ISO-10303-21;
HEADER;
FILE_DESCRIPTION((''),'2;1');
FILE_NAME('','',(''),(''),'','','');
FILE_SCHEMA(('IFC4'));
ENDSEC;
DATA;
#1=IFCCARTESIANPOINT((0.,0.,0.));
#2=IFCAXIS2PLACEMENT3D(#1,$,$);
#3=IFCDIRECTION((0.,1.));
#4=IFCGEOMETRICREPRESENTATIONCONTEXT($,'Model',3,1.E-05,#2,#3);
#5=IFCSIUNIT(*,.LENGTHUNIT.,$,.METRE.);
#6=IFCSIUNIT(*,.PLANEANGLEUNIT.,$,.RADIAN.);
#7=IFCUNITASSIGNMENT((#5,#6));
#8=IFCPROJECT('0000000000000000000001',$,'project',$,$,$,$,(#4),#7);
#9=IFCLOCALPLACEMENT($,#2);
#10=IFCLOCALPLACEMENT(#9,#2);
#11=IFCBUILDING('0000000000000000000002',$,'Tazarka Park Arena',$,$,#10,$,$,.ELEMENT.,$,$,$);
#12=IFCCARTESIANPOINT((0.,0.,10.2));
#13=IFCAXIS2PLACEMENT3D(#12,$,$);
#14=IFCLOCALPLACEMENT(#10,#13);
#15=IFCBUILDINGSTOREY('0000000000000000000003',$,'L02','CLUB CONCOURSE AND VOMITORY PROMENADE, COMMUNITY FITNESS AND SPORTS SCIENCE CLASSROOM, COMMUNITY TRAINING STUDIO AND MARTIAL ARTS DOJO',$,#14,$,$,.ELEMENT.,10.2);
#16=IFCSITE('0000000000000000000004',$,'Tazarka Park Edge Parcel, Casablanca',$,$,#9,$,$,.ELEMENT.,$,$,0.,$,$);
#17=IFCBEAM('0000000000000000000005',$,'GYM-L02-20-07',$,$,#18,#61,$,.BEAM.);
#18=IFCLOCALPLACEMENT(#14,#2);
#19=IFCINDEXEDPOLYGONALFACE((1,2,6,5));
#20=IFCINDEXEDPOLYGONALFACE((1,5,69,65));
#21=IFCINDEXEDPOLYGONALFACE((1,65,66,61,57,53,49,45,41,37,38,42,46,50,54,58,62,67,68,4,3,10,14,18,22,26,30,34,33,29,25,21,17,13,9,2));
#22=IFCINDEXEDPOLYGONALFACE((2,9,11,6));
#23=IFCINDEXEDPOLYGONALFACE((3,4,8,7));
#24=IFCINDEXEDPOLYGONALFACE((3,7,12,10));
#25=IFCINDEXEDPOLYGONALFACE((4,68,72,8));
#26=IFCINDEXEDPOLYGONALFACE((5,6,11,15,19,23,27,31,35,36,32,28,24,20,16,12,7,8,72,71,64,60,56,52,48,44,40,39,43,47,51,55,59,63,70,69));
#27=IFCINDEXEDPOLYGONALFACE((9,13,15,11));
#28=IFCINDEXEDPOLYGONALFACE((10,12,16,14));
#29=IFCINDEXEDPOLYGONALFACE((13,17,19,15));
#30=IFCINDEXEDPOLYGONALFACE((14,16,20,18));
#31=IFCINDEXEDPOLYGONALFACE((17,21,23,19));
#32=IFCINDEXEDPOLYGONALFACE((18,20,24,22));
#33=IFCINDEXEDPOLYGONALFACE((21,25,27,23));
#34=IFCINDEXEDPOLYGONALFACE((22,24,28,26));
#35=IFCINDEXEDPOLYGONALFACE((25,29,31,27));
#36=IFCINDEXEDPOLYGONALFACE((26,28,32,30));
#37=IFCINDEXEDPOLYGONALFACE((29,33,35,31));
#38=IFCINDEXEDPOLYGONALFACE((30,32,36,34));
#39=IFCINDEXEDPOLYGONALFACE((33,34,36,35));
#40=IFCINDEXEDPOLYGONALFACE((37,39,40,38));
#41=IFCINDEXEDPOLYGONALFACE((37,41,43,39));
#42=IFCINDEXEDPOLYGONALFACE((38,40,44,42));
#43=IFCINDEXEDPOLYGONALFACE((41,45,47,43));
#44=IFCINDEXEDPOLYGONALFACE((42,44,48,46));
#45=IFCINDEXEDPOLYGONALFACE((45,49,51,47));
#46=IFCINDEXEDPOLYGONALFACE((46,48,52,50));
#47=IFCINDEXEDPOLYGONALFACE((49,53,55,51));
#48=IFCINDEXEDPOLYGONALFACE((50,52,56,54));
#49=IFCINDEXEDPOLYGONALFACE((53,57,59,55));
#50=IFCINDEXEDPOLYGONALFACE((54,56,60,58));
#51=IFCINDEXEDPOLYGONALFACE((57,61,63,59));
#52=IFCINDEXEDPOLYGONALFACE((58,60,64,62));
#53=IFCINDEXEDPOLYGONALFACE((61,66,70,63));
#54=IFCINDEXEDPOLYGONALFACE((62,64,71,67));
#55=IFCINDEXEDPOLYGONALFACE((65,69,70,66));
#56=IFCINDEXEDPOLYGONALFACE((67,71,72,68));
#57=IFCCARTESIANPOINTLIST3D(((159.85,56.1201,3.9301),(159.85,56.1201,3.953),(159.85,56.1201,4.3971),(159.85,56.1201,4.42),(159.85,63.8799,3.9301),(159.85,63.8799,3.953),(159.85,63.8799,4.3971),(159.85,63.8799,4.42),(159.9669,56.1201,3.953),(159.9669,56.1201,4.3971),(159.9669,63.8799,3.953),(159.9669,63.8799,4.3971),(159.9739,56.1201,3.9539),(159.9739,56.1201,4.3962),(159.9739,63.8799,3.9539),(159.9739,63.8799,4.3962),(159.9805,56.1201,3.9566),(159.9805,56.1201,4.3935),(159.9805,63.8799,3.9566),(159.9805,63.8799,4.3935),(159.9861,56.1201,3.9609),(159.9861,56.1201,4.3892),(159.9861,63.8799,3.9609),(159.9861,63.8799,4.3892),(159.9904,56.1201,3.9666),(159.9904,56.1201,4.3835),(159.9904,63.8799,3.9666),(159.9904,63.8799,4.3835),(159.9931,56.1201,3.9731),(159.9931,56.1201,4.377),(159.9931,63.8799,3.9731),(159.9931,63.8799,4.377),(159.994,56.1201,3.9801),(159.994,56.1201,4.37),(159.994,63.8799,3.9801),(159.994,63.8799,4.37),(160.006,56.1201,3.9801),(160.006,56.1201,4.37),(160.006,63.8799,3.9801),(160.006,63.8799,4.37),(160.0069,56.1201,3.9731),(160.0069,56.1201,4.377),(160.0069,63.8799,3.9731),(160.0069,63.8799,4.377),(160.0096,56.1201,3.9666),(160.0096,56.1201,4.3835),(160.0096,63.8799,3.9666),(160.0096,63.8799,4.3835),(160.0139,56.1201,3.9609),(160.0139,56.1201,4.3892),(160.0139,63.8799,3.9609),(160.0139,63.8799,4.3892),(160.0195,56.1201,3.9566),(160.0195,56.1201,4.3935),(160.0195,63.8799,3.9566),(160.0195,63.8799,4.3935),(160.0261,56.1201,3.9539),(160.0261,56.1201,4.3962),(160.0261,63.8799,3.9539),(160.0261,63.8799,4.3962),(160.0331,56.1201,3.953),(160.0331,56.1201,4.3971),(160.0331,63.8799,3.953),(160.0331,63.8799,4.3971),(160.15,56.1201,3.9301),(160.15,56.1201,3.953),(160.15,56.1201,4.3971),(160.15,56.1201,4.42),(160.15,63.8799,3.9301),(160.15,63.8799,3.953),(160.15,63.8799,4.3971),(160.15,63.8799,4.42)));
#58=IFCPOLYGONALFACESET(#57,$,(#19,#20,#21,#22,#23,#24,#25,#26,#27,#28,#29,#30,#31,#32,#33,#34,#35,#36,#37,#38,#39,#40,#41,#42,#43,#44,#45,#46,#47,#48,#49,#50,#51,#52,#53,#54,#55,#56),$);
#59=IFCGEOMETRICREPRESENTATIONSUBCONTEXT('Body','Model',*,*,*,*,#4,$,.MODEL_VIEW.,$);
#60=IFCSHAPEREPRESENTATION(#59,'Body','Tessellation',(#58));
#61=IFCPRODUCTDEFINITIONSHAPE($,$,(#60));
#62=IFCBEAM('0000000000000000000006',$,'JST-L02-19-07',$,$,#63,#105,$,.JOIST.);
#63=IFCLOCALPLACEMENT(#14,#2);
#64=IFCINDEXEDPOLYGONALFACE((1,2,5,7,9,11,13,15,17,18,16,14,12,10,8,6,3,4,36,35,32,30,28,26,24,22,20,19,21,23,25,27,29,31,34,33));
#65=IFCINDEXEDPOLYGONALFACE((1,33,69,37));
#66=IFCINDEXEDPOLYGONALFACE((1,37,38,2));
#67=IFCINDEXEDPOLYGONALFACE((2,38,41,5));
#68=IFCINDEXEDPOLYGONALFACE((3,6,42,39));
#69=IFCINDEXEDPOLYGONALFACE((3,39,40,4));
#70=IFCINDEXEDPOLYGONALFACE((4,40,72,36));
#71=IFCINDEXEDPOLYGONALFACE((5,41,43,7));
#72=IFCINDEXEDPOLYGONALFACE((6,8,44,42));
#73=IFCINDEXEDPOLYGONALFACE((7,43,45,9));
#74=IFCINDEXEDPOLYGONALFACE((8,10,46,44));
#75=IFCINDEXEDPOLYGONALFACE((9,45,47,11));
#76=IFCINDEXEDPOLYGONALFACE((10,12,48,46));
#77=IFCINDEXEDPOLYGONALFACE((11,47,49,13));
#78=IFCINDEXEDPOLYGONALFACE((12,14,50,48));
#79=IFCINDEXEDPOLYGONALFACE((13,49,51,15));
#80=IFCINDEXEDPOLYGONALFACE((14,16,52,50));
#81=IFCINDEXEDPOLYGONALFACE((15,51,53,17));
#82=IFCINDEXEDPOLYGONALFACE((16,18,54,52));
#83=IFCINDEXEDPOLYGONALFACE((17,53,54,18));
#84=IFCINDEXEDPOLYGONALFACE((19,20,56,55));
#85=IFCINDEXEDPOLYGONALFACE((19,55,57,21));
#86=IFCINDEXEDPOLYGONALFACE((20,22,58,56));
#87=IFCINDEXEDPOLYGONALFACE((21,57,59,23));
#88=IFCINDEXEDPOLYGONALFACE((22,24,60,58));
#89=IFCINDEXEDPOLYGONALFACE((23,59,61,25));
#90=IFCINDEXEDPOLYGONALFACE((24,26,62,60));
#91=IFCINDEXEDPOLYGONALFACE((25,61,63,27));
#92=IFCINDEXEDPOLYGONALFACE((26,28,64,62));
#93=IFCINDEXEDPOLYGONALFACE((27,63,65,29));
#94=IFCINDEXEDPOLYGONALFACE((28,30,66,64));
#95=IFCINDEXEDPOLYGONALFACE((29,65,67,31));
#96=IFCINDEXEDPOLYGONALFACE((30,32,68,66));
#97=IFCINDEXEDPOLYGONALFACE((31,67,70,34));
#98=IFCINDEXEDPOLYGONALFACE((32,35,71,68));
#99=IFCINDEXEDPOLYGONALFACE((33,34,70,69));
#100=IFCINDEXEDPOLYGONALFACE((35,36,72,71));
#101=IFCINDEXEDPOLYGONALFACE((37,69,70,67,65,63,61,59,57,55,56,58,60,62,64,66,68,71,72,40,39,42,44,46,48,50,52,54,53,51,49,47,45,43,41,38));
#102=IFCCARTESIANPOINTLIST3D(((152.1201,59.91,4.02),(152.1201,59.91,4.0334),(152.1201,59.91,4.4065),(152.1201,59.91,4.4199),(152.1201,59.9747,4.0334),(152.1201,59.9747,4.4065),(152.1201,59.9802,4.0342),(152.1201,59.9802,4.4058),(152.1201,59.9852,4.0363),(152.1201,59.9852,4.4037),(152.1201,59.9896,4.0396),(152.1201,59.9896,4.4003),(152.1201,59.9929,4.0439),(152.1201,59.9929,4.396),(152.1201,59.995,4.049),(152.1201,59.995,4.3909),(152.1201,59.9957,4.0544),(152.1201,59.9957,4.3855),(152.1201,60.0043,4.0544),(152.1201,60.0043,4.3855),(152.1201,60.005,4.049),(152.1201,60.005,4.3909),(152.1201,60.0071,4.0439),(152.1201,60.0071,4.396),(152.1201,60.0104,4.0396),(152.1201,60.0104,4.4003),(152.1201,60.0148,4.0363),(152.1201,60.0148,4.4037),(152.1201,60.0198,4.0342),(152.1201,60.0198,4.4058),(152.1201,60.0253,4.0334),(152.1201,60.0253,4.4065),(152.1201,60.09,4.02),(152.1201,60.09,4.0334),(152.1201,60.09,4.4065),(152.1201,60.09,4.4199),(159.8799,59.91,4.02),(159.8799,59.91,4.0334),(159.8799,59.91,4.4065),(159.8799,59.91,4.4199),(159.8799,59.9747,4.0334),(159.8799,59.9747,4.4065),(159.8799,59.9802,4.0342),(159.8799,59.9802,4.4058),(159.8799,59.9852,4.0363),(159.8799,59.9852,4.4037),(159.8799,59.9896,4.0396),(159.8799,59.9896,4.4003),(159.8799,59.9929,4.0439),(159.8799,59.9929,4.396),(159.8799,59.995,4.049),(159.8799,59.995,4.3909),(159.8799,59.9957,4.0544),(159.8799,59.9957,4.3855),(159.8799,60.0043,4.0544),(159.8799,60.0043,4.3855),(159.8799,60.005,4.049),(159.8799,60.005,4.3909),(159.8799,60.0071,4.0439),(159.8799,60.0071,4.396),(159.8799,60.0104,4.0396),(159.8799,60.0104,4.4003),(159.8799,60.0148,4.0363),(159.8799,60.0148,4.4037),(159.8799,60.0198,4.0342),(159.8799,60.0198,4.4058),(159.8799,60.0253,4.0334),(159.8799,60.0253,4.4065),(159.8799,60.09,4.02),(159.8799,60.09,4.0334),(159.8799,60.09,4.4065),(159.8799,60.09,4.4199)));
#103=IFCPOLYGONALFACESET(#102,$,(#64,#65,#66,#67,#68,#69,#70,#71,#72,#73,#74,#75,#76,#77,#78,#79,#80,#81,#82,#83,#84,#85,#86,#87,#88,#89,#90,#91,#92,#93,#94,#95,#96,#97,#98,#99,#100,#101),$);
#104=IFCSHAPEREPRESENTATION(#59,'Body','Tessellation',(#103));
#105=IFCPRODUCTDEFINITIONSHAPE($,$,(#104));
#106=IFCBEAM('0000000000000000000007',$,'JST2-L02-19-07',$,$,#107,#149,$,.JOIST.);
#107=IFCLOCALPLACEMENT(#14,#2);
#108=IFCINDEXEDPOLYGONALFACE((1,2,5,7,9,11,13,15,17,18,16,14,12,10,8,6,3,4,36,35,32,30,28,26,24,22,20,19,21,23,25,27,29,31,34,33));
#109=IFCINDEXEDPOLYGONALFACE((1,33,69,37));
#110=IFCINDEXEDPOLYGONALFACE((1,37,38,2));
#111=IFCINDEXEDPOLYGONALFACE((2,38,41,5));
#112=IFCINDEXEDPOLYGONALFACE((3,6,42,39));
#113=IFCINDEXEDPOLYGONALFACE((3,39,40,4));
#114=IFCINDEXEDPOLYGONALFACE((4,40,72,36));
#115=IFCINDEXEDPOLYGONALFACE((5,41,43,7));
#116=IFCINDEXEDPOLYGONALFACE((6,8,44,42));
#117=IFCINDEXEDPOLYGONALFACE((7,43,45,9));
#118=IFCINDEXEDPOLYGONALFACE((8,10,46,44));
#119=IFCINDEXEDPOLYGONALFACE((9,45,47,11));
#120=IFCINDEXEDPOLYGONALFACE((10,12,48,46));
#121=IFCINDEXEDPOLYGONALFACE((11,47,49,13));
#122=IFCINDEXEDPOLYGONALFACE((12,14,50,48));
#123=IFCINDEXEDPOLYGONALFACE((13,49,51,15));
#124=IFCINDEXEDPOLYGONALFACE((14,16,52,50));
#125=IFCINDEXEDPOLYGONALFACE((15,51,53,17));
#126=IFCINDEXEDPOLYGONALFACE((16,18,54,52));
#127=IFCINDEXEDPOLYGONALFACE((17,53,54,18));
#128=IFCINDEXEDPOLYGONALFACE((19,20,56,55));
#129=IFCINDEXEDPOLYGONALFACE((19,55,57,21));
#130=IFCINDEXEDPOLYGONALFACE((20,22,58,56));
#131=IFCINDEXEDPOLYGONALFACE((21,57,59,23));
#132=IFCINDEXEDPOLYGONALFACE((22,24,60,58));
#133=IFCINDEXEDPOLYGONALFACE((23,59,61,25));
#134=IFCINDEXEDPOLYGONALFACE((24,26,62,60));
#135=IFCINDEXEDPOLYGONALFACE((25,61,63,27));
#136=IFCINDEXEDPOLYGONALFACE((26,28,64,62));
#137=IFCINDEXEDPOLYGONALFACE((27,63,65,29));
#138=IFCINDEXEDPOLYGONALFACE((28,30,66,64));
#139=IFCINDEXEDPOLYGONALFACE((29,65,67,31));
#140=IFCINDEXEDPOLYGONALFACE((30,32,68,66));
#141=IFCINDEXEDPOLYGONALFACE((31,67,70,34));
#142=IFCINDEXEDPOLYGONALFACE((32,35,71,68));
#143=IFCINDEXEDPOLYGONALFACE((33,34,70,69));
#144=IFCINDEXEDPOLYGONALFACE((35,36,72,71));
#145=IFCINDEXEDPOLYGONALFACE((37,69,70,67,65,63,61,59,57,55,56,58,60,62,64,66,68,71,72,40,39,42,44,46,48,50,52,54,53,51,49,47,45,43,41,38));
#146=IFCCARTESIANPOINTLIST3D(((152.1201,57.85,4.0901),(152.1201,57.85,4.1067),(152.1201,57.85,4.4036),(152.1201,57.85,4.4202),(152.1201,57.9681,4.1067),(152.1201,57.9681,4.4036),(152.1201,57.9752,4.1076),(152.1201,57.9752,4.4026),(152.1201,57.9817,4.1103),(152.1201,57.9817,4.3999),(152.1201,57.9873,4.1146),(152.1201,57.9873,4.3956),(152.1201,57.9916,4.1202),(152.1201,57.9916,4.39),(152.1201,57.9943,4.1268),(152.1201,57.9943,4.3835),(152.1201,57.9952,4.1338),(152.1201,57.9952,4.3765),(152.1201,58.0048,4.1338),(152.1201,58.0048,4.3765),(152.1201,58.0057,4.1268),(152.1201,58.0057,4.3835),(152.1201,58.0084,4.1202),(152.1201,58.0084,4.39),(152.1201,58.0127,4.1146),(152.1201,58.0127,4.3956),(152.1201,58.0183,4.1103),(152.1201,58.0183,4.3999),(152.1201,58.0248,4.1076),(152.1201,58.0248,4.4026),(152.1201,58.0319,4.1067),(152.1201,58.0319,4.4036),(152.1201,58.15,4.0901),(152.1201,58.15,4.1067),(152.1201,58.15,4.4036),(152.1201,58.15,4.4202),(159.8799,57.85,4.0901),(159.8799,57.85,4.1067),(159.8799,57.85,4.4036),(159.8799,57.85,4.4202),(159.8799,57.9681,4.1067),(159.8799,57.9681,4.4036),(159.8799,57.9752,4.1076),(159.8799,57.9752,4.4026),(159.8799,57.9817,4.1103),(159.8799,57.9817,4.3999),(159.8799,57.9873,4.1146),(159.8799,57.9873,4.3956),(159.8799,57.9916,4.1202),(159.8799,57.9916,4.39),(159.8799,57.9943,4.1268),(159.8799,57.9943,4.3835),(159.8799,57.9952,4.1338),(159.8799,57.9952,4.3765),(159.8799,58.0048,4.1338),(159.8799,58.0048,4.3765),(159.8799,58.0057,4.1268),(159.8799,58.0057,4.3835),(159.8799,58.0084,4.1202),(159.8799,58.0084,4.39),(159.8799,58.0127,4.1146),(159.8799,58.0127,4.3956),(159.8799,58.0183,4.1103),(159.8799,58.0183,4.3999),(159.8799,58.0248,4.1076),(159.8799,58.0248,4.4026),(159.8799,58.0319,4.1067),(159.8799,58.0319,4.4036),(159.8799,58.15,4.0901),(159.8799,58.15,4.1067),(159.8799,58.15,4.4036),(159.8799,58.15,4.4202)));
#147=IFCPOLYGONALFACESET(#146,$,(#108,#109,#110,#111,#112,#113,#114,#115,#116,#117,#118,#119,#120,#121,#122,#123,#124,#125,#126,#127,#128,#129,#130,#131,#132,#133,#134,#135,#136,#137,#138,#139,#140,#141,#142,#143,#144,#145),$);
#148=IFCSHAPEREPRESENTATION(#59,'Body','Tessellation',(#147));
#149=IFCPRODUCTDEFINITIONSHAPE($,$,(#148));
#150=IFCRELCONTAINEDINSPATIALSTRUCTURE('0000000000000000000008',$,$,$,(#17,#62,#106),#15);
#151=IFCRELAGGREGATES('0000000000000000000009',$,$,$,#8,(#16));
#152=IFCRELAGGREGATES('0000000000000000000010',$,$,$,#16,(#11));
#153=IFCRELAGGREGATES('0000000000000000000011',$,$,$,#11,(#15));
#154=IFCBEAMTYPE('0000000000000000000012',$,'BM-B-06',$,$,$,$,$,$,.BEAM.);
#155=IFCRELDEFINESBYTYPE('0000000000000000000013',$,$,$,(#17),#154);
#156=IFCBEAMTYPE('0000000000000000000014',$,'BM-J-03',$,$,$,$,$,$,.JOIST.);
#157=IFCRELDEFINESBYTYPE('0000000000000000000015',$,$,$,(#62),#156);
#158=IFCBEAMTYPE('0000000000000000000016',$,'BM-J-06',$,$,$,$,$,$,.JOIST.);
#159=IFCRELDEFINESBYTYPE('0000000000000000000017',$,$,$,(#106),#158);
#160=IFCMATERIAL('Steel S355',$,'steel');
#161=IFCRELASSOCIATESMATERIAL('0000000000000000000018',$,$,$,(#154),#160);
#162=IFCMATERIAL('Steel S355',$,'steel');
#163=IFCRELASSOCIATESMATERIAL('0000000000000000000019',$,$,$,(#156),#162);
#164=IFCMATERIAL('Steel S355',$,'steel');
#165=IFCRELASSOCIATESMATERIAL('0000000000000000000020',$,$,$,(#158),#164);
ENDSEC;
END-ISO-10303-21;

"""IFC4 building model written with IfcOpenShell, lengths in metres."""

from ifc_helpers import new_model, si_unit, direction, frame, origin, origin_2d, place, context, subcontext, project, spatial, i_section, extrude, material, material_profile, profile_set, type_object, element, save


model = new_model("IFC4")

# Units and contexts
model_context = context("Model", 3, precision=1e-05, world=origin(), true_north=direction((0.0, 1.0)))
body_context = subcontext(model_context, "Body", "Model", "MODEL_VIEW")
ifc_project = project(units=[si_unit("LENGTHUNIT", "METRE"), si_unit("PLANEANGLEUNIT", "RADIAN")], contexts=[model_context])

# Site, building, storey
site_placement = place(None, origin())
site = spatial("IfcSite", under=ifc_project, at=site_placement, Name="Tazarka Park Edge Parcel, Casablanca", CompositionType="ELEMENT", RefElevation=0.0)
building_placement = place(site_placement, origin())
building = spatial("IfcBuilding", under=site, at=building_placement, Name="Tazarka Park Arena", CompositionType="ELEMENT")
storey_placement = place(building_placement, frame((0.0, 0.0, 10.2)))
storey = spatial("IfcBuildingStorey", under=building, at=storey_placement, Name="L02", Description="CLUB CONCOURSE AND VOMITORY PROMENADE, COMMUNITY FITNESS AND SPORTS SCIENCE CLASSROOM, COMMUNITY TRAINING STUDIO AND MARTIAL ARTS DOJO", CompositionType="ELEMENT", Elevation=10.2)

# Beams
ifc_material_1 = material(Name="Steel S355", Category="steel")
ifc_material_profile_1 = material_profile(ifc_material_1, i_section(OverallWidth=0.3, OverallDepth=0.49, WebThickness=0.012, FlangeThickness=0.0229, FilletRadius=0.0271, at=origin_2d()), Name="Steel S355")
ifc_profile_set_1 = profile_set([ifc_material_profile_1], Name="Steel S355")
beam_type_1 = type_object("IfcBeamType", Name="BM-B-06", PredefinedType="BEAM", material=ifc_profile_set_1)
for number, where, z_axis, x_axis, name in (
    (1, (160.0, 56.1201, 4.175), (0.0, 1.0, 0.0), (-1.0, 0.0, 0.0), "GYM-L02-20-07"),
):
    element("IfcBeam", number, at=place(storey_placement, frame(where, z_axis=z_axis, x_axis=x_axis)), inside=storey, type_object=beam_type_1, Name=name, PredefinedType="BEAM", context=body_context, shape_type="SweptSolid", body=[
        extrude(i_section(OverallWidth=0.3, OverallDepth=0.49, WebThickness=0.012, FlangeThickness=0.0229, FilletRadius=0.0271, at=origin_2d()), origin(), (0.0, 0.0, 1.0), 7.7598),
    ])
ifc_material_2 = material(Name="Steel S355", Category="steel")
ifc_material_profile_2 = material_profile(ifc_material_2, i_section(OverallWidth=0.1799, OverallDepth=0.3999, WebThickness=0.0085, FlangeThickness=0.0134, FilletRadius=0.021, at=origin_2d()), Name="Steel S355")
ifc_profile_set_2 = profile_set([ifc_material_profile_2], Name="Steel S355")
beam_type_2 = type_object("IfcBeamType", Name="BM-J-03", PredefinedType="JOIST", material=ifc_profile_set_2)
beam_1_placement = place(storey_placement, frame((152.1201, 60.0, 4.22), z_axis=(1.0, 0.0, 0.0), x_axis=(0.0, 1.0, 0.0)))
element("IfcBeam", 2, at=beam_1_placement, inside=storey, type_object=beam_type_2, Name="JST-L02-19-07", PredefinedType="JOIST", context=body_context, shape_type="SweptSolid", body=[
    extrude(i_section(OverallWidth=0.1799, OverallDepth=0.3999, WebThickness=0.0085, FlangeThickness=0.0134, FilletRadius=0.021, at=origin_2d()), origin(), (0.0, 0.0, 1.0), 7.7598),
])
ifc_material_3 = material(Name="Steel S355", Category="steel")
ifc_material_profile_3 = material_profile(ifc_material_3, i_section(OverallWidth=0.3, OverallDepth=0.3301, WebThickness=0.0095, FlangeThickness=0.0166, FilletRadius=0.0271, at=origin_2d()), Name="Steel S355")
ifc_profile_set_3 = profile_set([ifc_material_profile_3], Name="Steel S355")
beam_type_3 = type_object("IfcBeamType", Name="BM-J-06", PredefinedType="JOIST", material=ifc_profile_set_3)
beam_2_placement = place(storey_placement, frame((152.1201, 58.0, 4.2551), z_axis=(1.0, 0.0, 0.0), x_axis=(0.0, 1.0, 0.0)))
element("IfcBeam", 3, at=beam_2_placement, inside=storey, type_object=beam_type_3, Name="JST2-L02-19-07", PredefinedType="JOIST", context=body_context, shape_type="SweptSolid", body=[
    extrude(i_section(OverallWidth=0.3, OverallDepth=0.3301, WebThickness=0.0095, FlangeThickness=0.0166, FilletRadius=0.0271, at=origin_2d()), origin(), (0.0, 0.0, 1.0), 7.7598),
])

save(model, "model.ifc")
